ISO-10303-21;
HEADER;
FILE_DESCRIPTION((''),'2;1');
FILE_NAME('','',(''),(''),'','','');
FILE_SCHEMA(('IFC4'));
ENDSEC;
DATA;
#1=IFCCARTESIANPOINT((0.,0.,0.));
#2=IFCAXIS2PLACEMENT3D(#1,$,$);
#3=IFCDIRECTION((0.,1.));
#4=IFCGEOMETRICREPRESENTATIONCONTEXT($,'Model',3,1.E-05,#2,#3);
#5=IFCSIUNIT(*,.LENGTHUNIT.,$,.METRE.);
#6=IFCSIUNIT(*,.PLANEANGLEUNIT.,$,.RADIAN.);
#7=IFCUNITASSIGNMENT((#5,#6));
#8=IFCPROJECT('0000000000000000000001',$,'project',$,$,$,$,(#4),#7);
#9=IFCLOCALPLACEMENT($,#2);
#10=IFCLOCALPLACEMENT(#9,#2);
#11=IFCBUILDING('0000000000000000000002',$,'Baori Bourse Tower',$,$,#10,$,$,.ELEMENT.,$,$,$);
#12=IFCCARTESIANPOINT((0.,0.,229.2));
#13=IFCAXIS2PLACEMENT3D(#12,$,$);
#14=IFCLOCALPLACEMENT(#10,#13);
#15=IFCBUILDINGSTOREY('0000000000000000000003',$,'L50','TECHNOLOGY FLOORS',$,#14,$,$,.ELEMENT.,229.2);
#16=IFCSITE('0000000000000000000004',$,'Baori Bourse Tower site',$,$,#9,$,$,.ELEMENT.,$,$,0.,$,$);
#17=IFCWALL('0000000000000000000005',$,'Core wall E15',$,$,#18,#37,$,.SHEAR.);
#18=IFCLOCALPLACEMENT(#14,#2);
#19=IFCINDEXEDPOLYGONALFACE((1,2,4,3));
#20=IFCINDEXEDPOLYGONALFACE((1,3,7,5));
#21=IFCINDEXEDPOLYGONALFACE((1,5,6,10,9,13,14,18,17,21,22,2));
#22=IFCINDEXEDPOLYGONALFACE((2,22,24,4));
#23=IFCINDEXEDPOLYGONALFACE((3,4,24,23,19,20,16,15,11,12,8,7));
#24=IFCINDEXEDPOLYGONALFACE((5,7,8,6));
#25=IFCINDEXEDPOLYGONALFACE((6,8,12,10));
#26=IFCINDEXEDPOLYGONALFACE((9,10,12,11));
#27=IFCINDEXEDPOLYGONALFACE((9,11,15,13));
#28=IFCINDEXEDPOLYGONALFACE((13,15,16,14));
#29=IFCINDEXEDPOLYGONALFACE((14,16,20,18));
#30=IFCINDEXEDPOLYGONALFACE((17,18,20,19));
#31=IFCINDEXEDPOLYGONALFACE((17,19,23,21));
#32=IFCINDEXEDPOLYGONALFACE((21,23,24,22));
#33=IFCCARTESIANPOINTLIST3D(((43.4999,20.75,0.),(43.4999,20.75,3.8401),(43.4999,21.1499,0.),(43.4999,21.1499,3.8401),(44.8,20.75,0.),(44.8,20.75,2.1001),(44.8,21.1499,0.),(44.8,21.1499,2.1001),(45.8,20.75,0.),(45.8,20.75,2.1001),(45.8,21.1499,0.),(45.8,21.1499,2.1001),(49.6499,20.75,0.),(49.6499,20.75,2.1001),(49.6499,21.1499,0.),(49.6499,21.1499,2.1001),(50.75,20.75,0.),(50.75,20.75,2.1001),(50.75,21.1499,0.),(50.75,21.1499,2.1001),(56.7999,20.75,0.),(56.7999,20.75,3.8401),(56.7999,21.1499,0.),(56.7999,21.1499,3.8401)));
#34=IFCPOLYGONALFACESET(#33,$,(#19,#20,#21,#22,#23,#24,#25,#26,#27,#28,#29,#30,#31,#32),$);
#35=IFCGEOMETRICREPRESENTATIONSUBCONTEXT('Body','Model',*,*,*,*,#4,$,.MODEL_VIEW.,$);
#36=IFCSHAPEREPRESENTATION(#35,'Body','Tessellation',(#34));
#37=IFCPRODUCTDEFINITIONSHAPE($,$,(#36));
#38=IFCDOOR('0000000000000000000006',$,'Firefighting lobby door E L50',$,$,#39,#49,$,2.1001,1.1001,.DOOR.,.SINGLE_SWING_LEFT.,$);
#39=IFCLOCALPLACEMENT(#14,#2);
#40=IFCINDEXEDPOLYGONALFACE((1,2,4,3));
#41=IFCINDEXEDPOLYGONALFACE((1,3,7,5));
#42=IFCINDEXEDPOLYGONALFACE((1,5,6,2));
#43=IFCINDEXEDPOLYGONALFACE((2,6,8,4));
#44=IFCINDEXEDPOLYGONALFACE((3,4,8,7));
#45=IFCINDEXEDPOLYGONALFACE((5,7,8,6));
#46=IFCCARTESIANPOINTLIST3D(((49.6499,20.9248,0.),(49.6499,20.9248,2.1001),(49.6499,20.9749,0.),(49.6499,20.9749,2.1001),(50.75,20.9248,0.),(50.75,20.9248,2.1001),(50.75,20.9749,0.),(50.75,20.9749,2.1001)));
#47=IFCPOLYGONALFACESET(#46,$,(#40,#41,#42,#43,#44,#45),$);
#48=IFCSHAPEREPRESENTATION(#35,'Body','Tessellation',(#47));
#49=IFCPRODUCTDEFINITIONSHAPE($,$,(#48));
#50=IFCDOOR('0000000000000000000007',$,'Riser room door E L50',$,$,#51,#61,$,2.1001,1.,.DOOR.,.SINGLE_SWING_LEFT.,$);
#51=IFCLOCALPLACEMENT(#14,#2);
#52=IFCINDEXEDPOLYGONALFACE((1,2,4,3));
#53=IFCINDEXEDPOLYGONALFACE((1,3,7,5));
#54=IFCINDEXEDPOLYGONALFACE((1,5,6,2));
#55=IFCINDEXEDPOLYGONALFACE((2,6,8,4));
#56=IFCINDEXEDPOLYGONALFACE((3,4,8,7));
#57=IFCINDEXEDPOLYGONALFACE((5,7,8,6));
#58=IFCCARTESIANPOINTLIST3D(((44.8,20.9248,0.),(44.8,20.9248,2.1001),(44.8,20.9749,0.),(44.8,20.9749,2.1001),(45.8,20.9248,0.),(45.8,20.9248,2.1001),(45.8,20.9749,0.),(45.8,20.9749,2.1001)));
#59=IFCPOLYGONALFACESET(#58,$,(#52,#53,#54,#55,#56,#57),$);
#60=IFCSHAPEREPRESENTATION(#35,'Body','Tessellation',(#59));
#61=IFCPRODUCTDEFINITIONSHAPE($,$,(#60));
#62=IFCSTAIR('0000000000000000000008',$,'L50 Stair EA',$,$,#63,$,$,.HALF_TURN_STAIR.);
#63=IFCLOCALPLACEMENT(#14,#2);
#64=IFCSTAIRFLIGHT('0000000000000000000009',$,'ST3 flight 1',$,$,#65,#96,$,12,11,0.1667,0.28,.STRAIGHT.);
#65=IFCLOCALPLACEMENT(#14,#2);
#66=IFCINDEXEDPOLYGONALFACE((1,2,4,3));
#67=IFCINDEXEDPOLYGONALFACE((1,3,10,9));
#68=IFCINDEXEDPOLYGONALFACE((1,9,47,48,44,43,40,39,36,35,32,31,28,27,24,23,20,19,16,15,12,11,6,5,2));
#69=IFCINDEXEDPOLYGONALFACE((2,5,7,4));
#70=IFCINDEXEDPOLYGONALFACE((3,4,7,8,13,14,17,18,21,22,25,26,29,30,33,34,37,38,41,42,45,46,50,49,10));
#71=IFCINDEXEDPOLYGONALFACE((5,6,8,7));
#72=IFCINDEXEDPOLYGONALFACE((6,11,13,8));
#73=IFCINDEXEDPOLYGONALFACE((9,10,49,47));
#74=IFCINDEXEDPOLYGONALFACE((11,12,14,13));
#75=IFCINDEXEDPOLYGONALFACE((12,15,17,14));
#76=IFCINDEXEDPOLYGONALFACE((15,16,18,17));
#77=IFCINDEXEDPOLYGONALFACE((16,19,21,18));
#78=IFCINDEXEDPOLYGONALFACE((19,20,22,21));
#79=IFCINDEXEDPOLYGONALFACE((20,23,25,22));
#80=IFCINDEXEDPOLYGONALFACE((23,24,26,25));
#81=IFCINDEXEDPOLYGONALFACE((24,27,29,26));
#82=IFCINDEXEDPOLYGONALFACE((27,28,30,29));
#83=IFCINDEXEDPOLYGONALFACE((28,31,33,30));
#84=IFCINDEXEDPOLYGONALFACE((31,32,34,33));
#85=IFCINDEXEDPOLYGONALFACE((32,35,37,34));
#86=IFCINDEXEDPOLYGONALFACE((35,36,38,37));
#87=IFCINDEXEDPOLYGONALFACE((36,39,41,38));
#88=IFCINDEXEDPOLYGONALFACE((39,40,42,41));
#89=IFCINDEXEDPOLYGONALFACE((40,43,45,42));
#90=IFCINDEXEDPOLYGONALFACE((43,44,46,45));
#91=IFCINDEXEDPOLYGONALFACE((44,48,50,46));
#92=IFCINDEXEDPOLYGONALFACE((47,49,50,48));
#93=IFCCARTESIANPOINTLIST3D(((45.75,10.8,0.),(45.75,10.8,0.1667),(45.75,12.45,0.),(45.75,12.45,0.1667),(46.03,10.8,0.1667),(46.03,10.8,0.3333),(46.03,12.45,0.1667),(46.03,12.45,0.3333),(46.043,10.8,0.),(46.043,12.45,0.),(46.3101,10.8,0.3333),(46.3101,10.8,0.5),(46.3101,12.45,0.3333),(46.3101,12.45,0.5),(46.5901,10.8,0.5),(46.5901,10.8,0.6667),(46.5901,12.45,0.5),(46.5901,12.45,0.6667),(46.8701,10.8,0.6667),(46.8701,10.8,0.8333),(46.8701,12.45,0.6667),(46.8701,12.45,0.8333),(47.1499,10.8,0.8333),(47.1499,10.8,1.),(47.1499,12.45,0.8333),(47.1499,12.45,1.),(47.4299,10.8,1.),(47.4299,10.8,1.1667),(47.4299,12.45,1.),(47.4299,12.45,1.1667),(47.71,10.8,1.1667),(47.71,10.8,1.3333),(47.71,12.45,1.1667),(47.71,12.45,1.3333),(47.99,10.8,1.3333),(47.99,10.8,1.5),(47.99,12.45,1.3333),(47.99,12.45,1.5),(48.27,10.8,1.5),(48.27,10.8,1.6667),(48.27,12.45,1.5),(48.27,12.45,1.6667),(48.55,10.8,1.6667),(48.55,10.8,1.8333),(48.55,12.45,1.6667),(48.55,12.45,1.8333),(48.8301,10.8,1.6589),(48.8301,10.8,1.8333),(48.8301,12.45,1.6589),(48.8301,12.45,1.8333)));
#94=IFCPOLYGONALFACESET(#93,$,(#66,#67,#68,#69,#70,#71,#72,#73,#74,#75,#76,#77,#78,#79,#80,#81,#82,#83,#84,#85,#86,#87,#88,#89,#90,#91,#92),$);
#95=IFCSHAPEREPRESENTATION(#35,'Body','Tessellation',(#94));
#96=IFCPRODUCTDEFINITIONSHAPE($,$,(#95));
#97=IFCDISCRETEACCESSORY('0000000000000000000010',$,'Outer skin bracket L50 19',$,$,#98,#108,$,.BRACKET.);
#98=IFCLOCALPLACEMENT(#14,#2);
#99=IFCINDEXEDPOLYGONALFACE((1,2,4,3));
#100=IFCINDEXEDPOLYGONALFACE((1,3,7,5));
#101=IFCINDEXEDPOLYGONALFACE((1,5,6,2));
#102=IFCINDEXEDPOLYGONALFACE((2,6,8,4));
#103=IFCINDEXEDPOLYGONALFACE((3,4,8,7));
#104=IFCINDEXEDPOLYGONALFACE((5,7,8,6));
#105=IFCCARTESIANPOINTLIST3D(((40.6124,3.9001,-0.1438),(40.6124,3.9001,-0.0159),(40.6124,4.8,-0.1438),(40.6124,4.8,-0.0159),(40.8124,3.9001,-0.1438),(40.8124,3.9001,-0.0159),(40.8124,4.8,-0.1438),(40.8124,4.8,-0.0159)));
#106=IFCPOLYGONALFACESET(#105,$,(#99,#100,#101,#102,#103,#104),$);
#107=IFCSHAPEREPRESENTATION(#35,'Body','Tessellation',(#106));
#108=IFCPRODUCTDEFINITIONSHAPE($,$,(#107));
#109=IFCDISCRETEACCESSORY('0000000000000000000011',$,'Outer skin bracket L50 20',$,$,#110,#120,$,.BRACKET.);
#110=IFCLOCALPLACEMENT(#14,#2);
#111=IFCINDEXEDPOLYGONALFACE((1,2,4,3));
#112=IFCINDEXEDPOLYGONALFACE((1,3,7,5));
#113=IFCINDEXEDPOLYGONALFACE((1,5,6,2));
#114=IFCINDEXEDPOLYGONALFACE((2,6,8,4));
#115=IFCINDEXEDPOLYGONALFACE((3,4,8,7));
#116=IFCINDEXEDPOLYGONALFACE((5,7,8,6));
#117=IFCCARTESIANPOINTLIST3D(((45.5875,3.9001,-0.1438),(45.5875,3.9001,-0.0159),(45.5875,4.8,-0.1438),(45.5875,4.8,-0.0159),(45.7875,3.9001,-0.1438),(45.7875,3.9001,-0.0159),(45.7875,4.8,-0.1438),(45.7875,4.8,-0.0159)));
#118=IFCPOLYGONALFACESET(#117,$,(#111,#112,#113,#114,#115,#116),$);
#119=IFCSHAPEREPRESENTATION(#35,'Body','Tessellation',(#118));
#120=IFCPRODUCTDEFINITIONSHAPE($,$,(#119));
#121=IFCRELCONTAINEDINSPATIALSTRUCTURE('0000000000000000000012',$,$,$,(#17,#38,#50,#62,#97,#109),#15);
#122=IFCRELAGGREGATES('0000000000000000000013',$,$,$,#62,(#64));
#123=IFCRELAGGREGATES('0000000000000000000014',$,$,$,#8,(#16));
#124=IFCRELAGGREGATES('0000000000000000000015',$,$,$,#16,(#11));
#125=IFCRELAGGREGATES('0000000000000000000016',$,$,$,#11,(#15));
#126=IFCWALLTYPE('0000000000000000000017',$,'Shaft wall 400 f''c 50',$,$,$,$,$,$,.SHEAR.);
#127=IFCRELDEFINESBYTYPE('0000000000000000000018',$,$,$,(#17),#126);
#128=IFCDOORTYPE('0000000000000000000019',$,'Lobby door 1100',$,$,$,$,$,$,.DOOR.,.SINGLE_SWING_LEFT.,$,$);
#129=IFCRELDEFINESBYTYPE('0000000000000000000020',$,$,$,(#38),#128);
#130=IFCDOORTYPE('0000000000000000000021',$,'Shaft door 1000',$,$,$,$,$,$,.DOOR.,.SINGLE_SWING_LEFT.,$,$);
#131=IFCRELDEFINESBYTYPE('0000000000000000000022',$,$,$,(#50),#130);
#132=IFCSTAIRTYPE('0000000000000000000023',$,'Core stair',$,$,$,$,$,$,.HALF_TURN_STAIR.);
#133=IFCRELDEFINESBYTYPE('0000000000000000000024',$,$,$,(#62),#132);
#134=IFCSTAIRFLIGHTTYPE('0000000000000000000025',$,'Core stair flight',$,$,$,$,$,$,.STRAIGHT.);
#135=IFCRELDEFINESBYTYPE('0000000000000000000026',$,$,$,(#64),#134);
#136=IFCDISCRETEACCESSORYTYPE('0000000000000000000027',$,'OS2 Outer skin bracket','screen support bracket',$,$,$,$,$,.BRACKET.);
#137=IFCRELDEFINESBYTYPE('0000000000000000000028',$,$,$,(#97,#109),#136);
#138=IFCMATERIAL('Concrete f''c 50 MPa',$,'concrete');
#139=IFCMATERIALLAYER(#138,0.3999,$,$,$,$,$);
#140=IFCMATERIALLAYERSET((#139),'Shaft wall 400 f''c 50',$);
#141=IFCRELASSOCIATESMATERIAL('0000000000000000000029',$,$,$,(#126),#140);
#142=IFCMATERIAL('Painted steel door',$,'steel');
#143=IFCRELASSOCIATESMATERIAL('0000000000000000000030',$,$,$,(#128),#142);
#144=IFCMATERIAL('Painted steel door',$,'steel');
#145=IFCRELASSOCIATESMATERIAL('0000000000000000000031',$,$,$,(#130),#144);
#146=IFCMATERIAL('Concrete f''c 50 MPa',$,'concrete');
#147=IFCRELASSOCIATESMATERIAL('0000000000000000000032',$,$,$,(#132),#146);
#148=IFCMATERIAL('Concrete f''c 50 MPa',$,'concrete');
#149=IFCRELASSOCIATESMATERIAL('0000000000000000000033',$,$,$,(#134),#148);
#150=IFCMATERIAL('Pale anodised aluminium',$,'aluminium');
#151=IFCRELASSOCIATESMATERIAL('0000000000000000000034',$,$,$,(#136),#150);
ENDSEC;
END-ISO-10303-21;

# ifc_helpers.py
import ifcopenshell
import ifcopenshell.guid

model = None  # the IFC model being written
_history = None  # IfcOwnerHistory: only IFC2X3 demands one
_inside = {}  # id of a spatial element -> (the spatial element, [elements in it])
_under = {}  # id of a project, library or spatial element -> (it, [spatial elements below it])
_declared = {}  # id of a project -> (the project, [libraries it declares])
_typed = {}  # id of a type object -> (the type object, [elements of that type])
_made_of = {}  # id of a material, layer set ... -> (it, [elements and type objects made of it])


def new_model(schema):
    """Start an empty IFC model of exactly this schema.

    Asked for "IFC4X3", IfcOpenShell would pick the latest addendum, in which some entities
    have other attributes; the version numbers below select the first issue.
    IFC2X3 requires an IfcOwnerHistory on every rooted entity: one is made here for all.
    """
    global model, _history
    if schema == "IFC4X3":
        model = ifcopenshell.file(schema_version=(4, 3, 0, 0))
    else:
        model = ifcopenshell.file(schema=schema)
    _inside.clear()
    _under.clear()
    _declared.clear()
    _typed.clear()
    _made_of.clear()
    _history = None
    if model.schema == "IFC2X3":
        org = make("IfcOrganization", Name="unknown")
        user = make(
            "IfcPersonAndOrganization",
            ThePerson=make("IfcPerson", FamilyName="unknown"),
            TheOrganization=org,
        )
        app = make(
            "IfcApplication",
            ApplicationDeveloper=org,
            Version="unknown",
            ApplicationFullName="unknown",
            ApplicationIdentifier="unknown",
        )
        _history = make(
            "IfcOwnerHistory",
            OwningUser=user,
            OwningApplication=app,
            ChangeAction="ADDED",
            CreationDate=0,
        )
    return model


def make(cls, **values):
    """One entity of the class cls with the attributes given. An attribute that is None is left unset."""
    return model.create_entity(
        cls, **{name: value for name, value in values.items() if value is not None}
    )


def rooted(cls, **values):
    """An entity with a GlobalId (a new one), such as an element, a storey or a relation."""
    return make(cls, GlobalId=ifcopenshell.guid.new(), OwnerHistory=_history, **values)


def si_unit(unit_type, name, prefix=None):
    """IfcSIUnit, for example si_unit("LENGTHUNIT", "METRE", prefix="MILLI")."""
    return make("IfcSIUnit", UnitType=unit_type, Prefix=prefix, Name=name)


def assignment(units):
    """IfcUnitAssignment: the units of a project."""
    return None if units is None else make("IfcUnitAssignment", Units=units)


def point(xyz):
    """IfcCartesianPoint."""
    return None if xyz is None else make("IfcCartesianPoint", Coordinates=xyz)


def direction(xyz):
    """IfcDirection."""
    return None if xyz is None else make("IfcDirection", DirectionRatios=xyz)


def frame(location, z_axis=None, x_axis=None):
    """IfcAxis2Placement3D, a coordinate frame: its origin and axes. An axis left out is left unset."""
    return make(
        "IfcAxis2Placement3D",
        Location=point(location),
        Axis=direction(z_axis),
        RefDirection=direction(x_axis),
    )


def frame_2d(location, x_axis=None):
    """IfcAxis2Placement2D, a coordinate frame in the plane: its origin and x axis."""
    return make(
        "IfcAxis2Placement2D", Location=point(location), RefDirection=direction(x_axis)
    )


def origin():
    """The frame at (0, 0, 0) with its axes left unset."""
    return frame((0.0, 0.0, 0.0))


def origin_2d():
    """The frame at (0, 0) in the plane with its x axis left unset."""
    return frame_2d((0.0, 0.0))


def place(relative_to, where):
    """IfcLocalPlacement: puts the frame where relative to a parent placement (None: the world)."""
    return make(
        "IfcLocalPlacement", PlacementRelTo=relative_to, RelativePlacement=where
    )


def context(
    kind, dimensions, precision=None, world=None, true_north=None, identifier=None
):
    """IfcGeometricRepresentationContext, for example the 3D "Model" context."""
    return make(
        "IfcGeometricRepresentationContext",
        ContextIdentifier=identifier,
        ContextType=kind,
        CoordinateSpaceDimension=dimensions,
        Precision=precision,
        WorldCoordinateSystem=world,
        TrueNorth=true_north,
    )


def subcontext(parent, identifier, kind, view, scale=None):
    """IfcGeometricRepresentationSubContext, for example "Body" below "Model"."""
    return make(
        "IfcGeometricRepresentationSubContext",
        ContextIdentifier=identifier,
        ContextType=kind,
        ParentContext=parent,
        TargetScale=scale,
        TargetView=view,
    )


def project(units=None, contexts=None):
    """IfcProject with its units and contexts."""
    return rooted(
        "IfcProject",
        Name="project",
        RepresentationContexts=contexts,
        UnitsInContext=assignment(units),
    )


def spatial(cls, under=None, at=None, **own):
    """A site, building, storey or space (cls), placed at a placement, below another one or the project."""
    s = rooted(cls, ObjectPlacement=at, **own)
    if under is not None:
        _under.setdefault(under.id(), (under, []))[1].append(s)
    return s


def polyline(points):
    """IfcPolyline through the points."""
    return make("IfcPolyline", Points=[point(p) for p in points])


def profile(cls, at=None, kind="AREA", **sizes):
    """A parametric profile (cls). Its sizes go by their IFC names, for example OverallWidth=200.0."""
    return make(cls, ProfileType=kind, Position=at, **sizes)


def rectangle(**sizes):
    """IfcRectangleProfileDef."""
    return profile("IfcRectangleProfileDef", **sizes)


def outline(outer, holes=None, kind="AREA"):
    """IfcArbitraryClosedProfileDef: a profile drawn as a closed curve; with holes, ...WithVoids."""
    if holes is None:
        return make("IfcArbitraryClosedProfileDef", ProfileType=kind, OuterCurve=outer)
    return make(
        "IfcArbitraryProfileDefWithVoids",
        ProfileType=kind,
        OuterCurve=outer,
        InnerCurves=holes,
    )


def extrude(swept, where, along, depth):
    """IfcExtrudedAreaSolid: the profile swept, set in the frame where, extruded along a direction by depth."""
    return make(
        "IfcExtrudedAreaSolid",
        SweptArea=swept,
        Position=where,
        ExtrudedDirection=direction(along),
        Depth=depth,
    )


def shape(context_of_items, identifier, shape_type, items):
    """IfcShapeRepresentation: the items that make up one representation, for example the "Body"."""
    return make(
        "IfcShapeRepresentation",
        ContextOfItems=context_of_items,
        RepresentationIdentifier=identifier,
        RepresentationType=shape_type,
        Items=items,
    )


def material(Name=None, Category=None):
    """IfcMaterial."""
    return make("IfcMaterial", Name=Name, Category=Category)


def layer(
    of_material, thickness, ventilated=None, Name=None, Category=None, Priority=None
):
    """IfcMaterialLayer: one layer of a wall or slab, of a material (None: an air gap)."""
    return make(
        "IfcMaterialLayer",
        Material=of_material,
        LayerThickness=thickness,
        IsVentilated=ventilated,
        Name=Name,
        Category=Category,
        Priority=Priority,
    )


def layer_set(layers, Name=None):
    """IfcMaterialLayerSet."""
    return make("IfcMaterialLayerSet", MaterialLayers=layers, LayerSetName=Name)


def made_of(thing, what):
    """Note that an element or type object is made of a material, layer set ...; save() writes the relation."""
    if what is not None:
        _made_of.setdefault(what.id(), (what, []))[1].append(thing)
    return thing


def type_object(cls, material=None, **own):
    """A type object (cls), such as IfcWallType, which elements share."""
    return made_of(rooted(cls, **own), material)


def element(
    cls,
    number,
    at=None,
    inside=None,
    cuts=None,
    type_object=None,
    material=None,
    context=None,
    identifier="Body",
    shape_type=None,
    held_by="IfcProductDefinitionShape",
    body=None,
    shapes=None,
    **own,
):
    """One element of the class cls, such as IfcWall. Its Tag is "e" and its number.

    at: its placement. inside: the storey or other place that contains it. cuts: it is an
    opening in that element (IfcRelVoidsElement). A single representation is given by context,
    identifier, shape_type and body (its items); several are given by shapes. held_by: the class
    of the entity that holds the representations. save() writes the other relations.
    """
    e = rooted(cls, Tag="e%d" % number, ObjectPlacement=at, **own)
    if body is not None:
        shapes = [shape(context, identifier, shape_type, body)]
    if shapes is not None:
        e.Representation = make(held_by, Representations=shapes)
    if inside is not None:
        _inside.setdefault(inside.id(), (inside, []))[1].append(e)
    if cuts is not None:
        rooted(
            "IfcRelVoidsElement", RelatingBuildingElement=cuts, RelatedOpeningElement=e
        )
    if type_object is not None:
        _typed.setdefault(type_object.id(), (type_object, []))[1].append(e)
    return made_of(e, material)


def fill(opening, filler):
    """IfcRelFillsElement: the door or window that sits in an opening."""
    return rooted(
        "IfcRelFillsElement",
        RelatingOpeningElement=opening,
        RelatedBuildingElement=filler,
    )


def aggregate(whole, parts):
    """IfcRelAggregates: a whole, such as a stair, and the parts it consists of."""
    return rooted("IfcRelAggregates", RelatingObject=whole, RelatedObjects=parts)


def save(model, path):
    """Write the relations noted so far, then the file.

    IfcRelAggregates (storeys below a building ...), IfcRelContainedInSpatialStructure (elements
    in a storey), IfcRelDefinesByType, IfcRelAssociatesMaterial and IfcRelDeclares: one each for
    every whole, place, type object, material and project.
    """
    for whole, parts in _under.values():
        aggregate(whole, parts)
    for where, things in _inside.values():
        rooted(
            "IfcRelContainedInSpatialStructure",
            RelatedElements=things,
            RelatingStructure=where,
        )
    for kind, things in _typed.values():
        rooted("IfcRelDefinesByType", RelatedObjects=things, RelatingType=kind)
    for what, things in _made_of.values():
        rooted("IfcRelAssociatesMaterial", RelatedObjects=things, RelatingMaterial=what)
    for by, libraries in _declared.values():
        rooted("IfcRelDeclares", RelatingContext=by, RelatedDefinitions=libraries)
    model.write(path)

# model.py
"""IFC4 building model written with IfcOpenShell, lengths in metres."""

from ifc_helpers import new_model, si_unit, direction, frame, frame_2d, origin, origin_2d, place, context, subcontext, project, spatial, polyline, rectangle, outline, extrude, material, layer, layer_set, type_object, element, fill, aggregate, save


model = new_model("IFC4")

# Units and contexts
model_context = context("Model", 3, precision=1e-05, world=origin(), true_north=direction((0.0, 1.0)))
body_context = subcontext(model_context, "Body", "Model", "MODEL_VIEW")
ifc_project = project(units=[si_unit("LENGTHUNIT", "METRE"), si_unit("PLANEANGLEUNIT", "RADIAN")], contexts=[model_context])

# Site, building, storey
site_placement = place(None, origin())
site = spatial("IfcSite", under=ifc_project, at=site_placement, Name="Baori Bourse Tower site", CompositionType="ELEMENT", RefElevation=0.0)
building_placement = place(site_placement, origin())
building = spatial("IfcBuilding", under=site, at=building_placement, Name="Baori Bourse Tower", CompositionType="ELEMENT")
storey_placement = place(building_placement, frame((0.0, 0.0, 229.2)))
storey = spatial("IfcBuildingStorey", under=building, at=storey_placement, Name="L50", Description="TECHNOLOGY FLOORS", CompositionType="ELEMENT", Elevation=229.2)

# Shared definitions
ifc_material_1 = material(Name="Concrete f'c 50 MPa", Category="concrete")
ifc_layer_1 = layer(ifc_material_1, 0.3999)
ifc_layer_set_1 = layer_set([ifc_layer_1], Name="Shaft wall 400 f'c 50")
wall_type_1 = type_object("IfcWallType", Name="Shaft wall 400 f'c 50", PredefinedType="SHEAR", material=ifc_layer_set_1)

# Wall, openings, doors
wall_1_placement = place(storey_placement, frame((43.5, 20.95, 0.0), z_axis=(0.0, 0.0, 1.0), x_axis=(1.0, 0.0, 0.0)))
wall_1 = element("IfcWall", 1, at=wall_1_placement, inside=storey, type_object=wall_type_1, Name="Core wall E15", PredefinedType="SHEAR", context=body_context, shape_type="SweptSolid", body=[
    extrude(rectangle(XDim=13.3, YDim=0.3999, at=frame_2d((6.6499, 0.0))), origin(), (0.0, 0.0, 1.0), 3.8401),
])
opening_1_placement = place(wall_1_placement, frame((6.1499, 0.0, 0.0)))
opening_1 = element("IfcOpeningElement", 2, at=opening_1_placement, cuts=wall_1, PredefinedType="OPENING", context=body_context, shape_type="SweptSolid", body=[
    extrude(rectangle(XDim=1.1001, YDim=2.1001, at=frame_2d((0.55, 1.05))), frame((0.0, 0.21, 0.0), z_axis=(0.0, -1.0, 0.0), x_axis=(1.0, 0.0, 0.0)), (0.0, 0.0, 1.0), 0.4199),
])
opening_2_placement = place(wall_1_placement, frame((1.3, 0.0, 0.0)))
opening_2 = element("IfcOpeningElement", 3, at=opening_2_placement, cuts=wall_1, PredefinedType="OPENING", context=body_context, shape_type="SweptSolid", body=[
    extrude(rectangle(XDim=1.0, YDim=2.1001, at=frame_2d((0.5, 1.05))), frame((0.0, 0.21, 0.0), z_axis=(0.0, -1.0, 0.0), x_axis=(1.0, 0.0, 0.0)), (0.0, 0.0, 1.0), 0.4199),
])
ifc_material_2 = material(Name="Painted steel door", Category="steel")
door_type_1 = type_object("IfcDoorType", Name="Lobby door 1100", OperationType="SINGLE_SWING_LEFT", PredefinedType="DOOR", material=ifc_material_2)
door_1_placement = place(opening_1_placement, origin())
door_1 = element("IfcDoor", 4, at=door_1_placement, inside=storey, type_object=door_type_1, Name="Firefighting lobby door E L50", OperationType="SINGLE_SWING_LEFT", OverallHeight=2.1001, OverallWidth=1.1001, PredefinedType="DOOR", context=body_context, shape_type="SweptSolid", body=[
    extrude(rectangle(XDim=1.1001, YDim=2.1001, at=frame_2d((0.55, 1.05))), frame((0.0, 0.0249, 0.0), z_axis=(0.0, -1.0, 0.0), x_axis=(1.0, 0.0, 0.0)), (0.0, 0.0, 1.0), 0.05),
])
fill(opening_1, door_1)
ifc_material_3 = material(Name="Painted steel door", Category="steel")
door_type_2 = type_object("IfcDoorType", Name="Shaft door 1000", OperationType="SINGLE_SWING_LEFT", PredefinedType="DOOR", material=ifc_material_3)
door_2_placement = place(opening_2_placement, origin())
door_2 = element("IfcDoor", 5, at=door_2_placement, inside=storey, type_object=door_type_2, Name="Riser room door E L50", OperationType="SINGLE_SWING_LEFT", OverallHeight=2.1001, OverallWidth=1.0, PredefinedType="DOOR", context=body_context, shape_type="SweptSolid", body=[
    extrude(rectangle(XDim=1.0, YDim=2.1001, at=frame_2d((0.5, 1.05))), frame((0.0, 0.0249, 0.0), z_axis=(0.0, -1.0, 0.0), x_axis=(1.0, 0.0, 0.0)), (0.0, 0.0, 1.0), 0.05),
])
fill(opening_2, door_2)

# Stair, stair flight
ifc_material_4 = material(Name="Concrete f'c 50 MPa", Category="concrete")
stair_type = type_object("IfcStairType", Name="Core stair", PredefinedType="HALF_TURN_STAIR", material=ifc_material_4)
stair_placement = place(storey_placement, origin())
stair = element("IfcStair", 6, at=stair_placement, inside=storey, type_object=stair_type, Name="L50 Stair EA", PredefinedType="HALF_TURN_STAIR")
ifc_material_5 = material(Name="Concrete f'c 50 MPa", Category="concrete")
stair_flight_type = type_object("IfcStairFlightType", Name="Core stair flight", PredefinedType="STRAIGHT", material=ifc_material_5)
stair_flight_placement = place(storey_placement, frame((45.75, 11.625, 0.0), z_axis=(0.0, 0.0, 1.0), x_axis=(1.0, 0.0, 0.0)))
stair_flight = element("IfcStairFlight", 7, at=stair_flight_placement, type_object=stair_flight_type, Name="ST3 flight 1", NumberOfRisers=12, NumberOfTreads=11, PredefinedType="STRAIGHT", RiserHeight=0.1667, TreadLength=0.28, context=body_context, shape_type="SweptSolid", body=[
    extrude(outline(polyline([(0.0, 0.0), (0.0, 0.1667), (0.28, 0.1667), (0.28, 0.3333), (0.5601, 0.3333), (0.5601, 0.5), (0.8401, 0.5), (0.8401, 0.6667), (1.1201, 0.6667), (1.1201, 0.8333), (1.3999, 0.8333), (1.3999, 1.0), (1.6799, 1.0), (1.6799, 1.1667), (1.96, 1.1667), (1.96, 1.3333), (2.24, 1.3333), (2.24, 1.5), (2.52, 1.5), (2.52, 1.6667), (2.8, 1.6667), (2.8, 1.8333), (3.0801, 1.8333), (3.0801, 2.0), (3.0801, 1.6589), (0.293, 0.0), (0.0, 0.0)])), frame((0.0, 0.825, 0.0), z_axis=(0.0, -1.0, 0.0), x_axis=(1.0, 0.0, 0.0)), (0.0, 0.0, 1.0), 1.6499),
])
aggregate(stair, [stair_flight])

# Discrete accessories
ifc_material_6 = material(Name="Pale anodised aluminium", Category="aluminium")
discrete_accessory_type = type_object("IfcDiscreteAccessoryType", Name="OS2 Outer skin bracket", Description="screen support bracket", PredefinedType="BRACKET", material=ifc_material_6)
for number, where, z_axis, x_axis, name in (
    (8, (40.7124, 4.3501, -0.1438), (0.0, 0.0, 1.0), (1.0, 0.0, 0.0), "Outer skin bracket L50 19"),
    (9, (45.6875, 4.3501, -0.1438), (0.0, 0.0, 1.0), (1.0, 0.0, 0.0), "Outer skin bracket L50 20"),
):
    element("IfcDiscreteAccessory", number, at=place(storey_placement, frame(where, z_axis=z_axis, x_axis=x_axis)), inside=storey, type_object=discrete_accessory_type, Name=name, PredefinedType="BRACKET", context=body_context, shape_type="SweptSolid", body=[
        extrude(rectangle(XDim=0.2, YDim=0.8999, at=origin_2d()), origin(), (0.0, 0.0, 1.0), 0.1279),
    ])

save(model, "model.ifc")
